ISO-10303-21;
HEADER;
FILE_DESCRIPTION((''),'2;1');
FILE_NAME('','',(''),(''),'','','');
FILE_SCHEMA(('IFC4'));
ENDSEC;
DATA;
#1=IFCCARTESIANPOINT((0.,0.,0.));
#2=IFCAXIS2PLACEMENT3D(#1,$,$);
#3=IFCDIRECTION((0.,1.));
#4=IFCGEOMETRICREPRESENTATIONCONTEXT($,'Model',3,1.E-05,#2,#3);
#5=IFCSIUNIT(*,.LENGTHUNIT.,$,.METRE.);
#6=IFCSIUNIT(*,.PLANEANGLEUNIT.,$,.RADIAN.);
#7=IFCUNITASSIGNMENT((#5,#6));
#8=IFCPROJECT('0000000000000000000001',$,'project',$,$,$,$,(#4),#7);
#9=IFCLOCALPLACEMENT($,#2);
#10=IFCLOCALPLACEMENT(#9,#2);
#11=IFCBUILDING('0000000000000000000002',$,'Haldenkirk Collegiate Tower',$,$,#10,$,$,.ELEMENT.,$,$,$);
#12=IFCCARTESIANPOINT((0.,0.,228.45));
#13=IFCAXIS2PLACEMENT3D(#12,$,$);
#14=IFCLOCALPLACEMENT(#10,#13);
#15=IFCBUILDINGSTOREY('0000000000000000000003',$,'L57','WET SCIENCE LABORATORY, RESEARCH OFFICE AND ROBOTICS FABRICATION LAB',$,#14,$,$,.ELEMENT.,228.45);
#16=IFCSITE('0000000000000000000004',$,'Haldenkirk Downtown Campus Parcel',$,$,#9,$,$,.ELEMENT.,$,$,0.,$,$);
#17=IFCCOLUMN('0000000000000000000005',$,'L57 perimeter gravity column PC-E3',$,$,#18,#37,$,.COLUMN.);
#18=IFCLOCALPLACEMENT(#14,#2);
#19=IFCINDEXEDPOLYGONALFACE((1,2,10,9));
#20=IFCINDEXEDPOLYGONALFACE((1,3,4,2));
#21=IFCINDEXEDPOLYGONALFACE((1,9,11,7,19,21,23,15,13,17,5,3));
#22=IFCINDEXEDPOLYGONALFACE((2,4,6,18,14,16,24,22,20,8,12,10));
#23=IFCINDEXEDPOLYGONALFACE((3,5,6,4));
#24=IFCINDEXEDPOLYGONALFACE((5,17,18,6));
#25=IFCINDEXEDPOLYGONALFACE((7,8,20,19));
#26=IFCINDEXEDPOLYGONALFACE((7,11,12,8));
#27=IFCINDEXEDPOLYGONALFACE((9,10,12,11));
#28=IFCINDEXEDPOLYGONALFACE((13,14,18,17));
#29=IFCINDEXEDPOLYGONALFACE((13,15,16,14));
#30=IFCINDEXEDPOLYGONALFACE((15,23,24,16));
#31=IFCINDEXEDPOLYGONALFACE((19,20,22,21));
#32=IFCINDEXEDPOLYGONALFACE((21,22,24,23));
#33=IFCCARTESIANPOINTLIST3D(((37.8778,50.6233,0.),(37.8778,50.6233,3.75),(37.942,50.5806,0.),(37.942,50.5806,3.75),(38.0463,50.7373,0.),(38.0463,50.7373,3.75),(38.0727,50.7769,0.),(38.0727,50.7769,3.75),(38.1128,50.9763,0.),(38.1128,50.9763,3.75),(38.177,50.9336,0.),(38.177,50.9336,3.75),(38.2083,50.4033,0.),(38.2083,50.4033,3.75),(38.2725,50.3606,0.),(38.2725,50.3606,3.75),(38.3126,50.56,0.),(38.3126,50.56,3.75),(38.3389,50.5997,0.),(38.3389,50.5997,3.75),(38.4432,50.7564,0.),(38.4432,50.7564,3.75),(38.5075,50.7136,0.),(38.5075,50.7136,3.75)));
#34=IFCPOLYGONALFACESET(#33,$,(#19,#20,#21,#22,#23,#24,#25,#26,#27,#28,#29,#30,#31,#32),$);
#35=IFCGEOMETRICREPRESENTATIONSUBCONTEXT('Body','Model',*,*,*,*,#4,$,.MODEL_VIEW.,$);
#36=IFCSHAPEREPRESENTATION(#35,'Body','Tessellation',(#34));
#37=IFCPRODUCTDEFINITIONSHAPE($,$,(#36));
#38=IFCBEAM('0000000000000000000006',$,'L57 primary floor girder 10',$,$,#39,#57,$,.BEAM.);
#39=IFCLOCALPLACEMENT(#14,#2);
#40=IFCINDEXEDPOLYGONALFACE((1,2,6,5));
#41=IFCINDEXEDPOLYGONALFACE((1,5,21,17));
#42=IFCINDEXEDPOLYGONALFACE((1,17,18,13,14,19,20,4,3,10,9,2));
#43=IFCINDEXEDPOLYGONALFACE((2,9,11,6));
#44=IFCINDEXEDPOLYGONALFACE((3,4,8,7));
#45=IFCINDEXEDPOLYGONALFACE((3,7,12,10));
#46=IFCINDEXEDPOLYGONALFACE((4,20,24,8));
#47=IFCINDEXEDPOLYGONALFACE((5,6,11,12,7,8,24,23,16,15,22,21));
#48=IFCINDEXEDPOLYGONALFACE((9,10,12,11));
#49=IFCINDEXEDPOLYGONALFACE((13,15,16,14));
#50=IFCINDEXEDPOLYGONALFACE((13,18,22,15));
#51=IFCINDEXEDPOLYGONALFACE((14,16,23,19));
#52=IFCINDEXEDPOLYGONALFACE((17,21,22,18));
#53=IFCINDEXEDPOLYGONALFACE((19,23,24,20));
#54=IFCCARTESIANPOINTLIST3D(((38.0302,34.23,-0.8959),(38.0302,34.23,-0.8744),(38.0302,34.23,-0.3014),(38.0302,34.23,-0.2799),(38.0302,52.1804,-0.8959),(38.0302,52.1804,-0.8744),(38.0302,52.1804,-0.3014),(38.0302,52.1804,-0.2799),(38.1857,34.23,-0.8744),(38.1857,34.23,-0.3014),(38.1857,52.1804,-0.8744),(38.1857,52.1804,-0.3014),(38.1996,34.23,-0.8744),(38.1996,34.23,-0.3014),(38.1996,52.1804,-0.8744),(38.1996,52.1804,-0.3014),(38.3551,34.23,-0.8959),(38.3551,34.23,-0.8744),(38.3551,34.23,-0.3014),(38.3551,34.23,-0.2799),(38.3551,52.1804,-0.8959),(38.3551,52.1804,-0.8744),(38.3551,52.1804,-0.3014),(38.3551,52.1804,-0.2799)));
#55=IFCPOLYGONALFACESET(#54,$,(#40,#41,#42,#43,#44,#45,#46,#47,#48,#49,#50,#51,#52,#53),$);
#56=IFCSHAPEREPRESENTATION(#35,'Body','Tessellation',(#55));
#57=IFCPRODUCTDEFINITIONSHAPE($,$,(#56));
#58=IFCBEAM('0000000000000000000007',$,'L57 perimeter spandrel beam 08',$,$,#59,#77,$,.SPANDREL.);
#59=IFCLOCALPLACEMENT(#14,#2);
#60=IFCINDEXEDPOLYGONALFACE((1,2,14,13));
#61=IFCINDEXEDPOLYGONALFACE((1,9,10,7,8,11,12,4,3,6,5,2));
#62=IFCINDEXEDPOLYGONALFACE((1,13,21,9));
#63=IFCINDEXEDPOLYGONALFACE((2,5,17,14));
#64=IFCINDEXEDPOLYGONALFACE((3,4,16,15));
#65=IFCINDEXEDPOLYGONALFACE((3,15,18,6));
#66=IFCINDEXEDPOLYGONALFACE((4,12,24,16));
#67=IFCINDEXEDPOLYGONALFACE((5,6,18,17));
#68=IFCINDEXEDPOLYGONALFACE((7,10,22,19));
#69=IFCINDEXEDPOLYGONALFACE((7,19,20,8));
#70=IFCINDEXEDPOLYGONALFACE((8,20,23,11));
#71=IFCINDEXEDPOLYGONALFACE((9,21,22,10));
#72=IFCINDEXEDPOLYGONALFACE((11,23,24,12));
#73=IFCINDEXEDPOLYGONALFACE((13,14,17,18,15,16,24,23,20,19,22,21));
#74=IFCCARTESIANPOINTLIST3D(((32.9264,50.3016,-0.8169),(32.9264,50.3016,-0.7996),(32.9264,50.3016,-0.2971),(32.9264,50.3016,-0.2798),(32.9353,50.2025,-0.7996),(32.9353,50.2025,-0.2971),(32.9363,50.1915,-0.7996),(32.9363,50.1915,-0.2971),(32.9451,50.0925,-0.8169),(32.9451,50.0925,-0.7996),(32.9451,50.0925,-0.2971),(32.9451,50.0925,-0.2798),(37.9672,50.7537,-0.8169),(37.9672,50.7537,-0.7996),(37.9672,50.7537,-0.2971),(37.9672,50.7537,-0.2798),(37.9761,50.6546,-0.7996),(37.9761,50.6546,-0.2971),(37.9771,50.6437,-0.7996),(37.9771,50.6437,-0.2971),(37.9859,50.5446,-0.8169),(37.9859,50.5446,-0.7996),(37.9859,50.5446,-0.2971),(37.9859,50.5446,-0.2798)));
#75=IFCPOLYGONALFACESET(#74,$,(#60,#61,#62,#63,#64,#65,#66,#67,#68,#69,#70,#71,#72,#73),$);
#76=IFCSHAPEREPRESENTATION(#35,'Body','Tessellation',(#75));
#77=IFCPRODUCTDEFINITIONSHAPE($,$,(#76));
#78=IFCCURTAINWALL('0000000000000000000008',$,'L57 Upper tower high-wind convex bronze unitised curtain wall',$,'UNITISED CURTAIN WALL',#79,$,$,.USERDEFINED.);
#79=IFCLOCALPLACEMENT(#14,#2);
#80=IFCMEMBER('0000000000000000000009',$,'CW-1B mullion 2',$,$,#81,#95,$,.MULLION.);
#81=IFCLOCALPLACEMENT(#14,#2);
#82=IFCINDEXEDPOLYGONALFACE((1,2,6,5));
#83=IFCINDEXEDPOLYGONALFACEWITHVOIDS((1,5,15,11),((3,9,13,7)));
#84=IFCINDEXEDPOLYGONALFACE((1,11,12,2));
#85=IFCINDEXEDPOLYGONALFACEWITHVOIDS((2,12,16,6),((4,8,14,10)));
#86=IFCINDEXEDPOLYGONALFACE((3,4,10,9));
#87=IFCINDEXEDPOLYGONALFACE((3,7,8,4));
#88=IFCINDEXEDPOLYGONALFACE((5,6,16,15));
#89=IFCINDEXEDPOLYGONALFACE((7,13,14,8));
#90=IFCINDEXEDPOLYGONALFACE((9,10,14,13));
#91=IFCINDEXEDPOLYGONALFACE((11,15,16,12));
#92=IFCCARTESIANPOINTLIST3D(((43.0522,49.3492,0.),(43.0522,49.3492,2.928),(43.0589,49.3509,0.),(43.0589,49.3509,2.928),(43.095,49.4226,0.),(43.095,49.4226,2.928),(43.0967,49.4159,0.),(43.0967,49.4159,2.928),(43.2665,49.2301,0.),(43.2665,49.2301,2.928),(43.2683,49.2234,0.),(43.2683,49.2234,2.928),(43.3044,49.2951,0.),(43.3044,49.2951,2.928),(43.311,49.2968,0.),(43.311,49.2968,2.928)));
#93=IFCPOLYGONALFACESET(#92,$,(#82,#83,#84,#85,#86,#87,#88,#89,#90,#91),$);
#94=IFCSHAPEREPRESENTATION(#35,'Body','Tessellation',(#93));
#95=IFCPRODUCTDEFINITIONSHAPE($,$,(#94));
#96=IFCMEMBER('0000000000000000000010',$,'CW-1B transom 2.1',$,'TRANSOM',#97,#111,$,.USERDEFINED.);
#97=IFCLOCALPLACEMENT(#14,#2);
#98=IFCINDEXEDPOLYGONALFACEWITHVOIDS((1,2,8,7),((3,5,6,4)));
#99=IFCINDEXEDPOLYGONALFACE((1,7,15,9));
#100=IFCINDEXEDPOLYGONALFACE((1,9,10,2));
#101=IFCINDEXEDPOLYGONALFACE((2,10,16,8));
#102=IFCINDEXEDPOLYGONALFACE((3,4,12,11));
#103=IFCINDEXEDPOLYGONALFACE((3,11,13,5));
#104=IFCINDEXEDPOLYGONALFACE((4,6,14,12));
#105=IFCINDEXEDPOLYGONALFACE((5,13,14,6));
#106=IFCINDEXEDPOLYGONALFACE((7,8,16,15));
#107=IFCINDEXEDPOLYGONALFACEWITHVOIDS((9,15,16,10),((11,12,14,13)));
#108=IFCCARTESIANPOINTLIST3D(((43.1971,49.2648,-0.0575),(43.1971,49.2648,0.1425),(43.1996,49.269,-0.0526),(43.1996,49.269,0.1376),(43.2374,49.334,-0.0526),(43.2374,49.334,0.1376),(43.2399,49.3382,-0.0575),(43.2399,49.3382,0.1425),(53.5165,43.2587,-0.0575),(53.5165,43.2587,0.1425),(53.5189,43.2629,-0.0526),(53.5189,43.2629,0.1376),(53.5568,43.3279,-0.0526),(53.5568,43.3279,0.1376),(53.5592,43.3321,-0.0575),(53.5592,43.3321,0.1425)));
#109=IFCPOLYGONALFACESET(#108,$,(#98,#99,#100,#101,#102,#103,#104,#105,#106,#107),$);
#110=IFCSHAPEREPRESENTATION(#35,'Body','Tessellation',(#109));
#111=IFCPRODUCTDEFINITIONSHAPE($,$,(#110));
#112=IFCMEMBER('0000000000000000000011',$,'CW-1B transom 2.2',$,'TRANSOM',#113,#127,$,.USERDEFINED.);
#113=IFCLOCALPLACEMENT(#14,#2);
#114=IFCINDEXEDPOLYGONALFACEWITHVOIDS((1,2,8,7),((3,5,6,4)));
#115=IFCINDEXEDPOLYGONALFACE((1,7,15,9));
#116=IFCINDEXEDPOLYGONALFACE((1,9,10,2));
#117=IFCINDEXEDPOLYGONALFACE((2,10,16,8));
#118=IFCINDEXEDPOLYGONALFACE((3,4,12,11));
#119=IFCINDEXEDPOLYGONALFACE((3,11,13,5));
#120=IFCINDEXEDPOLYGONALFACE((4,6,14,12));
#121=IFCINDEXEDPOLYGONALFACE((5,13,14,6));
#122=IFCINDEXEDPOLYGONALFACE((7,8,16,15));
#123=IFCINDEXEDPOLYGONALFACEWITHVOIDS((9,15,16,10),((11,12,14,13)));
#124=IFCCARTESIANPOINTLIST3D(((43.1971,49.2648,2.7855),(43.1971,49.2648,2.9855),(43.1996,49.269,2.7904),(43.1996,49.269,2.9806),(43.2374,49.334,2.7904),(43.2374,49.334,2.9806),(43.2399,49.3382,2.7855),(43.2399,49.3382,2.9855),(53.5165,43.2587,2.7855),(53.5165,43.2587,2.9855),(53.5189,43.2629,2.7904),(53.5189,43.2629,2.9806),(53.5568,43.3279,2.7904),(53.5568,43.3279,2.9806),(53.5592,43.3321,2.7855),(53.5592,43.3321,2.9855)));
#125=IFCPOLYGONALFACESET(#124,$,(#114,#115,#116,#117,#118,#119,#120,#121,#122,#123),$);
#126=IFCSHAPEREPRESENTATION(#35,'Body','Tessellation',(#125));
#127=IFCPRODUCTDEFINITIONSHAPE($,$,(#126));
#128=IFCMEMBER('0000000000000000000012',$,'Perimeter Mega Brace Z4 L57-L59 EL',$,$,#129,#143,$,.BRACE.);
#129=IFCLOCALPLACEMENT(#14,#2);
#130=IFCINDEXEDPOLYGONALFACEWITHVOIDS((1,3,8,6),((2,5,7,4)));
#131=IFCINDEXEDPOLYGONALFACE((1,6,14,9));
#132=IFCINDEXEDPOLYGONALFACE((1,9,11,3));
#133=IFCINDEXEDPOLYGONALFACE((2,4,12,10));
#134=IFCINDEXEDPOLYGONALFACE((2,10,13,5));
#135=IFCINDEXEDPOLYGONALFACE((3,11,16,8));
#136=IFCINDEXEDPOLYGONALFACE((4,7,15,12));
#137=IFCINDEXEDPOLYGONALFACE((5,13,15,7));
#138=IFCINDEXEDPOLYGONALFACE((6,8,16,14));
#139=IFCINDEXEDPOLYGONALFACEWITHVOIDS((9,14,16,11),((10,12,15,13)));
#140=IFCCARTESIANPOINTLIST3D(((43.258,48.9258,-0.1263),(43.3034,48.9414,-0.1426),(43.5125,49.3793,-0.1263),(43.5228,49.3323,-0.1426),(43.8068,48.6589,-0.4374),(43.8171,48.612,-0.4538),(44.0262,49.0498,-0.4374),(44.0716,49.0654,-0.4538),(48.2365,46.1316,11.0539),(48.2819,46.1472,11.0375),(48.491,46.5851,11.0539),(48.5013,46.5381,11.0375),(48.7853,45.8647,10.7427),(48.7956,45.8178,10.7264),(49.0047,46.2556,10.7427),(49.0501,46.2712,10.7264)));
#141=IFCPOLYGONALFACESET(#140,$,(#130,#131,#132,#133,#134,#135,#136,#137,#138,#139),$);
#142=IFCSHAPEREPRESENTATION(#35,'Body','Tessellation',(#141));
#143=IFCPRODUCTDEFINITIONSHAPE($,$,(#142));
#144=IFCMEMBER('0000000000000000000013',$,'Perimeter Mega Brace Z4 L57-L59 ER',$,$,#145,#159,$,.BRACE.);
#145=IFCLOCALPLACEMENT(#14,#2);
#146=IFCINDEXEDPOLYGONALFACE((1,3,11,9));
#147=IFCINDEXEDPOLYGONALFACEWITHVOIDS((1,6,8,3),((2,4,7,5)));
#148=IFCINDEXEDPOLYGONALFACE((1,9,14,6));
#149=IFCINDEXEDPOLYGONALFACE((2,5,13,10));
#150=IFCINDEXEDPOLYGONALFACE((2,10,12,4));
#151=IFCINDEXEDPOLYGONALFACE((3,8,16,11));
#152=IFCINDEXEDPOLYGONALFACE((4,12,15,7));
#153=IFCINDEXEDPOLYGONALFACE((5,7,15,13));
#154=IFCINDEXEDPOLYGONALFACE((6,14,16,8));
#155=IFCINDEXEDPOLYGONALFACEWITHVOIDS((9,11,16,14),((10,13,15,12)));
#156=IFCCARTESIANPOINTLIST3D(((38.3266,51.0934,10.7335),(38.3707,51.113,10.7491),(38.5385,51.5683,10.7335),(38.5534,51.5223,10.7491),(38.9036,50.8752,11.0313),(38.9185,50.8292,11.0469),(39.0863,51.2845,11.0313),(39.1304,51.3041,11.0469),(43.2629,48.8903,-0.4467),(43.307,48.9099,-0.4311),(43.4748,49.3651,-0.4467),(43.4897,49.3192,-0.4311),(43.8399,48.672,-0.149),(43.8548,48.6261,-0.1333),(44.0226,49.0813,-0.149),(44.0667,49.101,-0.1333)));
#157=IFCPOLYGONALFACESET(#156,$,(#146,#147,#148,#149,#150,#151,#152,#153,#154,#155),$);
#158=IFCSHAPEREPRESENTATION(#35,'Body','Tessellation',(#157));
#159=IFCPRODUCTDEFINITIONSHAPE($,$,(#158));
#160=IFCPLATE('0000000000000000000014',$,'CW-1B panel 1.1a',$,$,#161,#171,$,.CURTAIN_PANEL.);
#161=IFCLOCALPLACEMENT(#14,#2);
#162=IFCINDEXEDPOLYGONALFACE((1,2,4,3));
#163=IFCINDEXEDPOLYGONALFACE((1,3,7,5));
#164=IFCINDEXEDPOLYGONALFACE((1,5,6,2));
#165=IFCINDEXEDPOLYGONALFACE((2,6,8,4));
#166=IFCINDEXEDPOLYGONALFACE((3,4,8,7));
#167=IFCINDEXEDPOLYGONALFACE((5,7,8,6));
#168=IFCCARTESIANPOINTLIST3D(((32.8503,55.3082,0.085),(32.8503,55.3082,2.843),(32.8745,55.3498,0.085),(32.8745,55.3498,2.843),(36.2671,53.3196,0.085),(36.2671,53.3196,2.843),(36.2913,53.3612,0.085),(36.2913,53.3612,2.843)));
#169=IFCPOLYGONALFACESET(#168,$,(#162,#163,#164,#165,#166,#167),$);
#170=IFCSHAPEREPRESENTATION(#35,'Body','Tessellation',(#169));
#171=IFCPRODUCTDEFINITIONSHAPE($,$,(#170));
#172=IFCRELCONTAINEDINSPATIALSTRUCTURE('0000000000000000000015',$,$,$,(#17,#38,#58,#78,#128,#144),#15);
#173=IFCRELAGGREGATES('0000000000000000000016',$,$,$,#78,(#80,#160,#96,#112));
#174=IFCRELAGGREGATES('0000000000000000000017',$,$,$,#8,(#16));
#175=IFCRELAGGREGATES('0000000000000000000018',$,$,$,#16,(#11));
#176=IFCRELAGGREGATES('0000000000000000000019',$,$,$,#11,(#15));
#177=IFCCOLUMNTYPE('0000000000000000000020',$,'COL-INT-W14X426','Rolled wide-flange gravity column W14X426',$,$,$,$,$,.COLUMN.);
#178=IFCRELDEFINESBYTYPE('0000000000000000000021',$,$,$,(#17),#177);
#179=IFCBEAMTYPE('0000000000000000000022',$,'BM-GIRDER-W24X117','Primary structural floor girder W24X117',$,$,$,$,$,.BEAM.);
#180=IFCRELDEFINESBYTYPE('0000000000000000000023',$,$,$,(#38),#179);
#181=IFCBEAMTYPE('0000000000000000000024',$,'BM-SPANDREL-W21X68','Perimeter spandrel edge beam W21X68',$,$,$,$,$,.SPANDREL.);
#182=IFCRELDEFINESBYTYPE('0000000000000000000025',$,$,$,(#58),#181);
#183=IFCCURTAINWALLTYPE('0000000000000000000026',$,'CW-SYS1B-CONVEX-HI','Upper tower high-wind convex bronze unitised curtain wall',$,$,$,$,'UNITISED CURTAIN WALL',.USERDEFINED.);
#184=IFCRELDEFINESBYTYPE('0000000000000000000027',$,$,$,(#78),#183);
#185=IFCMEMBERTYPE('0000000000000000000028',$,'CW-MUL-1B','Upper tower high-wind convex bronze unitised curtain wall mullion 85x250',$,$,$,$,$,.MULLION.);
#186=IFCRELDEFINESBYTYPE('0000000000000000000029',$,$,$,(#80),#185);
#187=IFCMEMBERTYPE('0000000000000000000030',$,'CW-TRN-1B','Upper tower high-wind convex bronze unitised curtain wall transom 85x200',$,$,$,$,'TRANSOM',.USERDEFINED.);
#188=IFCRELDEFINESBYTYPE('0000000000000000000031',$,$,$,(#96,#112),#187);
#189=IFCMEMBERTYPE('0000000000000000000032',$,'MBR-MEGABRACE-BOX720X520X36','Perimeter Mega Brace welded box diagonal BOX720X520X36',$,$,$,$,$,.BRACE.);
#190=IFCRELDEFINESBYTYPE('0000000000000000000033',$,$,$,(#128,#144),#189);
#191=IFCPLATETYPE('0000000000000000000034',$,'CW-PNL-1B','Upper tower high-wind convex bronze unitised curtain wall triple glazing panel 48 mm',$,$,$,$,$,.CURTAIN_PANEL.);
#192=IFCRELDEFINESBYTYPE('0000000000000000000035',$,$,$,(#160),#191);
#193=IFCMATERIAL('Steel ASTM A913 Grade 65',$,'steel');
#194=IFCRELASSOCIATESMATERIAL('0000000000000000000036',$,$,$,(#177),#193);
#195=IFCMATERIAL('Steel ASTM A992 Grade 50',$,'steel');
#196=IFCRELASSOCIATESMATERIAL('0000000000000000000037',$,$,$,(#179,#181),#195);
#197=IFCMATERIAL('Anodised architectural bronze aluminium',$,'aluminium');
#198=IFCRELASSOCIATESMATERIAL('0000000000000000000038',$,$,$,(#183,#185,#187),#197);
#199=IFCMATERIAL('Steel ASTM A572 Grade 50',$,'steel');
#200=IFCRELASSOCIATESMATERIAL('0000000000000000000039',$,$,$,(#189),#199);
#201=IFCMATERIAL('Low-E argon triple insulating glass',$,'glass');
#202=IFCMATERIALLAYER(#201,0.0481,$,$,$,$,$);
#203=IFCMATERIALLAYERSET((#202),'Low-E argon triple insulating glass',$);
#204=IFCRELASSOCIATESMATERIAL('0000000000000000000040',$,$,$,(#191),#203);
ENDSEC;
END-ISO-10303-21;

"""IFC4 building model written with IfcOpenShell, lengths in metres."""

from ifc_helpers import new_model, si_unit, direction, frame, origin, origin_2d, place, context, subcontext, project, spatial, rectangle, hollow_rectangle, i_section, extrude, source, transform, mapped, material, layer, layer_set, material_profile, profile_set, type_object, element, aggregate, save


model = new_model("IFC4")

# Units and contexts
model_context = context("Model", 3, precision=1e-05, world=origin(), true_north=direction((0.0, 1.0)))
body_context = subcontext(model_context, "Body", "Model", "MODEL_VIEW")
ifc_project = project(units=[si_unit("LENGTHUNIT", "METRE"), si_unit("PLANEANGLEUNIT", "RADIAN")], contexts=[model_context])

# Site, building, storey
site_placement = place(None, origin())
site = spatial("IfcSite", under=ifc_project, at=site_placement, Name="Haldenkirk Downtown Campus Parcel", CompositionType="ELEMENT", RefElevation=0.0)
building_placement = place(site_placement, origin())
building = spatial("IfcBuilding", under=site, at=building_placement, Name="Haldenkirk Collegiate Tower", CompositionType="ELEMENT")
storey_placement = place(building_placement, frame((0.0, 0.0, 228.45)))
storey = spatial("IfcBuildingStorey", under=building, at=storey_placement, Name="L57", Description="WET SCIENCE LABORATORY, RESEARCH OFFICE AND ROBOTICS FABRICATION LAB", CompositionType="ELEMENT", Elevation=228.45)

# Column
ifc_material_1 = material(Name="Steel ASTM A913 Grade 65", Category="steel")
ifc_material_profile_1 = material_profile(ifc_material_1, i_section(OverallWidth=0.4241, OverallDepth=0.4741, WebThickness=0.0476, FlangeThickness=0.0771, at=origin_2d()), Name="W14X426")
ifc_profile_set_1 = profile_set([ifc_material_profile_1], Name="Steel ASTM A913 Grade 65")
column_type = type_object("IfcColumnType", Name="COL-INT-W14X426", Description="Rolled wide-flange gravity column W14X426", PredefinedType="COLUMN", material=ifc_profile_set_1)
column_placement = place(storey_placement, frame((38.1926, 50.6685, 0.0), z_axis=(0.0, 0.0, 1.0), x_axis=(0.554118, 0.832438, 0.0)))
element("IfcColumn", 1, at=column_placement, inside=storey, type_object=column_type, Name="L57 perimeter gravity column PC-E3", PredefinedType="COLUMN", context=body_context, shape_type="SweptSolid", body=[
    extrude(i_section(OverallWidth=0.4241, OverallDepth=0.4741, WebThickness=0.0476, FlangeThickness=0.0771, at=origin_2d()), origin(), (0.0, 0.0, 1.0), 3.75),
])

# Beams
ifc_material_2 = material(Name="Steel ASTM A992 Grade 50", Category="steel")
ifc_material_profile_2 = material_profile(ifc_material_2, i_section(OverallWidth=0.325, OverallDepth=0.616, WebThickness=0.0139, FlangeThickness=0.0215, at=origin_2d()), Name="W24X117")
ifc_profile_set_2 = profile_set([ifc_material_profile_2], Name="Steel ASTM A992 Grade 50")
beam_type_1 = type_object("IfcBeamType", Name="BM-GIRDER-W24X117", Description="Primary structural floor girder W24X117", PredefinedType="BEAM", material=ifc_profile_set_2)
beam_1_placement = place(storey_placement, frame((38.1926, 52.1804, -0.5879), z_axis=(0.0, -1.0, 0.0), x_axis=(1.0, 0.0, 0.0)))
element("IfcBeam", 2, at=beam_1_placement, inside=storey, type_object=beam_type_1, Name="L57 primary floor girder 10", PredefinedType="BEAM", context=body_context, shape_type="SweptSolid", body=[
    extrude(i_section(OverallWidth=0.325, OverallDepth=0.616, WebThickness=0.0139, FlangeThickness=0.0215, at=origin_2d()), origin(), (0.0, 0.0, 1.0), 17.9504),
])
ifc_material_profile_3 = material_profile(ifc_material_2, i_section(OverallWidth=0.21, OverallDepth=0.5371, WebThickness=0.011, FlangeThickness=0.0173, at=origin_2d()), Name="W21X68")
ifc_profile_set_3 = profile_set([ifc_material_profile_3], Name="Steel ASTM A992 Grade 50")
beam_type_2 = type_object("IfcBeamType", Name="BM-SPANDREL-W21X68", Description="Perimeter spandrel edge beam W21X68", PredefinedType="SPANDREL", material=ifc_profile_set_3)
beam_2_placement = place(storey_placement, frame((37.9766, 50.6492, -0.5483), z_axis=(-0.996001, -0.08934, 0.0), x_axis=(0.08934, -0.996001, 0.0)))
element("IfcBeam", 3, at=beam_2_placement, inside=storey, type_object=beam_type_2, Name="L57 perimeter spandrel beam 08", PredefinedType="SPANDREL", context=body_context, shape_type="SweptSolid", body=[
    extrude(i_section(OverallWidth=0.21, OverallDepth=0.5371, WebThickness=0.011, FlangeThickness=0.0173, at=origin_2d()), origin(), (0.0, 0.0, 1.0), 5.061),
])

# Curtain wall, members
ifc_material_3 = material(Name="Anodised architectural bronze aluminium", Category="aluminium")
curtain_wall_type = type_object("IfcCurtainWallType", Name="CW-SYS1B-CONVEX-HI", Description="Upper tower high-wind convex bronze unitised curtain wall", ElementType="UNITISED CURTAIN WALL", PredefinedType="USERDEFINED", material=ifc_material_3)
curtain_wall_placement = place(storey_placement, origin())
curtain_wall = element("IfcCurtainWall", 4, at=curtain_wall_placement, inside=storey, type_object=curtain_wall_type, Name="L57 Upper tower high-wind convex bronze unitised curtain wall", ObjectType="UNITISED CURTAIN WALL", PredefinedType="USERDEFINED")
ifc_material_profile_4 = material_profile(ifc_material_3, hollow_rectangle(XDim=0.085, YDim=0.25, WallThickness=0.0049, at=origin_2d()), Name="CW-MUL-1B")
ifc_profile_set_4 = profile_set([ifc_material_profile_4], Name="Anodised architectural bronze aluminium")
member_type_1 = type_object("IfcMemberType", Name="CW-MUL-1B", Description="Upper tower high-wind convex bronze unitised curtain wall mullion 85x250", PredefinedType="MULLION", material=ifc_profile_set_4)
member_1_placement = place(storey_placement, frame((43.1816, 49.323, 0.0), z_axis=(0.0, 0.0, 1.0), x_axis=(0.50302, 0.864275, 0.0)))
member_1 = element("IfcMember", 5, at=member_1_placement, type_object=member_type_1, Name="CW-1B mullion 2", PredefinedType="MULLION", context=body_context, shape_type="SweptSolid", body=[
    extrude(hollow_rectangle(XDim=0.085, YDim=0.25, WallThickness=0.0049, at=origin_2d()), origin(), (0.0, 0.0, 1.0), 2.928),
])
ifc_material_profile_5 = material_profile(ifc_material_3, hollow_rectangle(XDim=0.085, YDim=0.2, WallThickness=0.0049, at=origin_2d()), Name="CW-TRN-1B")
ifc_profile_set_5 = profile_set([ifc_material_profile_5], Name="Anodised architectural bronze aluminium")
member_type_2 = type_object("IfcMemberType", Name="CW-TRN-1B", Description="Upper tower high-wind convex bronze unitised curtain wall transom 85x200", ElementType="TRANSOM", PredefinedType="USERDEFINED", material=ifc_profile_set_5)
member_2_placement = place(storey_placement, frame((43.2185, 49.3015, 0.0425), z_axis=(0.864271, -0.503027, 0.0), x_axis=(0.503027, 0.864271, 0.0)))
member_2 = element("IfcMember", 6, at=member_2_placement, type_object=member_type_2, Name="CW-1B transom 2.1", ObjectType="TRANSOM", PredefinedType="USERDEFINED", context=body_context, shape_type="SweptSolid", body=[
    extrude(hollow_rectangle(XDim=0.085, YDim=0.2, WallThickness=0.0049, at=origin_2d()), origin(), (0.0, 0.0, 1.0), 11.9399),
])
member_3_placement = place(storey_placement, frame((43.2185, 49.3015, 2.8855), z_axis=(0.864271, -0.503027, 0.0), x_axis=(0.503027, 0.864271, 0.0)))
member_3 = element("IfcMember", 7, at=member_3_placement, type_object=member_type_2, Name="CW-1B transom 2.2", ObjectType="TRANSOM", PredefinedType="USERDEFINED", context=body_context, shape_type="SweptSolid", body=[
    extrude(hollow_rectangle(XDim=0.085, YDim=0.2, WallThickness=0.0049, at=origin_2d()), origin(), (0.0, 0.0, 1.0), 11.9399),
])

# Members
ifc_material_4 = material(Name="Steel ASTM A572 Grade 50", Category="steel")
ifc_material_profile_6 = material_profile(ifc_material_4, hollow_rectangle(XDim=0.52, YDim=0.72, WallThickness=0.0359, at=origin_2d()), Name="BOX720X520X36")
ifc_profile_set_6 = profile_set([ifc_material_profile_6], Name="Steel ASTM A572 Grade 50")
member_type_3 = type_object("IfcMemberType", Name="MBR-MEGABRACE-BOX720X520X36", Description="Perimeter Mega Brace welded box diagonal BOX720X520X36", PredefinedType="BRACE", material=ifc_profile_set_6)
member_4_placement = place(storey_placement, frame((43.6648, 48.9956, -0.29), z_axis=(0.396585, -0.222583, 0.890605), x_axis=(0.489433, 0.872041, 0.0)))
element("IfcMember", 8, at=member_4_placement, inside=storey, type_object=member_type_3, Name="Perimeter Mega Brace Z4 L57-L59 EL", PredefinedType="BRACE", context=body_context, shape_type="SweptSolid", body=[
    extrude(hollow_rectangle(XDim=0.52, YDim=0.72, WallThickness=0.0359, at=origin_2d()), origin(), (0.0, 0.0, 1.0), 12.5535),
])
member_5_placement = place(storey_placement, frame((43.6648, 48.9956, -0.29), z_axis=(-0.397497, 0.177408, 0.90029), x_axis=(-0.407563, -0.913177, 0.0)))
element("IfcMember", 9, at=member_5_placement, inside=storey, type_object=member_type_3, Name="Perimeter Mega Brace Z4 L57-L59 ER", PredefinedType="BRACE", context=body_context, shape_type="SweptSolid", body=[
    extrude(hollow_rectangle(XDim=0.52, YDim=0.72, WallThickness=0.0359, at=origin_2d()), origin(), (0.0, 0.0, 1.0), 12.4185),
])

# Plate
ifc_material_5 = material(Name="Low-E argon triple insulating glass", Category="glass")
ifc_layer_1 = layer(ifc_material_5, 0.0481)
ifc_layer_set_1 = layer_set([ifc_layer_1], Name="Low-E argon triple insulating glass")
plate_type_1 = type_object("IfcPlateType", Name="CW-PNL-1B", Description="Upper tower high-wind convex bronze unitised curtain wall triple glazing panel 48 mm", PredefinedType="CURTAIN_PANEL", material=ifc_layer_set_1)
shared_shape_1 = source(origin(), body_context, "Body", "SweptSolid", [
    extrude(rectangle(XDim=3.9534, YDim=0.0481, at=origin_2d()), origin(), (0.0, 0.0, 1.0), 2.7581),
])
plate_1_placement = place(storey_placement, frame((34.5708, 54.3347, 0.085), z_axis=(0.0, 0.0, 1.0), x_axis=(0.864275, -0.50302, 0.0)))
plate_1 = element("IfcPlate", 10, at=plate_1_placement, type_object=plate_type_1, Name="CW-1B panel 1.1a", PredefinedType="CURTAIN_PANEL", context=body_context, shape_type="MappedRepresentation", body=[
    mapped(shared_shape_1, transform((0.0, 0.0, 0.0), x_axis=(1.0, 0.0, 0.0), y_axis=(0.0, 1.0, 0.0), z_axis=(0.0, 0.0, 1.0), scale=1.0)),
])
aggregate(curtain_wall, [member_1, plate_1, member_2, member_3])

save(model, "model.ifc")
